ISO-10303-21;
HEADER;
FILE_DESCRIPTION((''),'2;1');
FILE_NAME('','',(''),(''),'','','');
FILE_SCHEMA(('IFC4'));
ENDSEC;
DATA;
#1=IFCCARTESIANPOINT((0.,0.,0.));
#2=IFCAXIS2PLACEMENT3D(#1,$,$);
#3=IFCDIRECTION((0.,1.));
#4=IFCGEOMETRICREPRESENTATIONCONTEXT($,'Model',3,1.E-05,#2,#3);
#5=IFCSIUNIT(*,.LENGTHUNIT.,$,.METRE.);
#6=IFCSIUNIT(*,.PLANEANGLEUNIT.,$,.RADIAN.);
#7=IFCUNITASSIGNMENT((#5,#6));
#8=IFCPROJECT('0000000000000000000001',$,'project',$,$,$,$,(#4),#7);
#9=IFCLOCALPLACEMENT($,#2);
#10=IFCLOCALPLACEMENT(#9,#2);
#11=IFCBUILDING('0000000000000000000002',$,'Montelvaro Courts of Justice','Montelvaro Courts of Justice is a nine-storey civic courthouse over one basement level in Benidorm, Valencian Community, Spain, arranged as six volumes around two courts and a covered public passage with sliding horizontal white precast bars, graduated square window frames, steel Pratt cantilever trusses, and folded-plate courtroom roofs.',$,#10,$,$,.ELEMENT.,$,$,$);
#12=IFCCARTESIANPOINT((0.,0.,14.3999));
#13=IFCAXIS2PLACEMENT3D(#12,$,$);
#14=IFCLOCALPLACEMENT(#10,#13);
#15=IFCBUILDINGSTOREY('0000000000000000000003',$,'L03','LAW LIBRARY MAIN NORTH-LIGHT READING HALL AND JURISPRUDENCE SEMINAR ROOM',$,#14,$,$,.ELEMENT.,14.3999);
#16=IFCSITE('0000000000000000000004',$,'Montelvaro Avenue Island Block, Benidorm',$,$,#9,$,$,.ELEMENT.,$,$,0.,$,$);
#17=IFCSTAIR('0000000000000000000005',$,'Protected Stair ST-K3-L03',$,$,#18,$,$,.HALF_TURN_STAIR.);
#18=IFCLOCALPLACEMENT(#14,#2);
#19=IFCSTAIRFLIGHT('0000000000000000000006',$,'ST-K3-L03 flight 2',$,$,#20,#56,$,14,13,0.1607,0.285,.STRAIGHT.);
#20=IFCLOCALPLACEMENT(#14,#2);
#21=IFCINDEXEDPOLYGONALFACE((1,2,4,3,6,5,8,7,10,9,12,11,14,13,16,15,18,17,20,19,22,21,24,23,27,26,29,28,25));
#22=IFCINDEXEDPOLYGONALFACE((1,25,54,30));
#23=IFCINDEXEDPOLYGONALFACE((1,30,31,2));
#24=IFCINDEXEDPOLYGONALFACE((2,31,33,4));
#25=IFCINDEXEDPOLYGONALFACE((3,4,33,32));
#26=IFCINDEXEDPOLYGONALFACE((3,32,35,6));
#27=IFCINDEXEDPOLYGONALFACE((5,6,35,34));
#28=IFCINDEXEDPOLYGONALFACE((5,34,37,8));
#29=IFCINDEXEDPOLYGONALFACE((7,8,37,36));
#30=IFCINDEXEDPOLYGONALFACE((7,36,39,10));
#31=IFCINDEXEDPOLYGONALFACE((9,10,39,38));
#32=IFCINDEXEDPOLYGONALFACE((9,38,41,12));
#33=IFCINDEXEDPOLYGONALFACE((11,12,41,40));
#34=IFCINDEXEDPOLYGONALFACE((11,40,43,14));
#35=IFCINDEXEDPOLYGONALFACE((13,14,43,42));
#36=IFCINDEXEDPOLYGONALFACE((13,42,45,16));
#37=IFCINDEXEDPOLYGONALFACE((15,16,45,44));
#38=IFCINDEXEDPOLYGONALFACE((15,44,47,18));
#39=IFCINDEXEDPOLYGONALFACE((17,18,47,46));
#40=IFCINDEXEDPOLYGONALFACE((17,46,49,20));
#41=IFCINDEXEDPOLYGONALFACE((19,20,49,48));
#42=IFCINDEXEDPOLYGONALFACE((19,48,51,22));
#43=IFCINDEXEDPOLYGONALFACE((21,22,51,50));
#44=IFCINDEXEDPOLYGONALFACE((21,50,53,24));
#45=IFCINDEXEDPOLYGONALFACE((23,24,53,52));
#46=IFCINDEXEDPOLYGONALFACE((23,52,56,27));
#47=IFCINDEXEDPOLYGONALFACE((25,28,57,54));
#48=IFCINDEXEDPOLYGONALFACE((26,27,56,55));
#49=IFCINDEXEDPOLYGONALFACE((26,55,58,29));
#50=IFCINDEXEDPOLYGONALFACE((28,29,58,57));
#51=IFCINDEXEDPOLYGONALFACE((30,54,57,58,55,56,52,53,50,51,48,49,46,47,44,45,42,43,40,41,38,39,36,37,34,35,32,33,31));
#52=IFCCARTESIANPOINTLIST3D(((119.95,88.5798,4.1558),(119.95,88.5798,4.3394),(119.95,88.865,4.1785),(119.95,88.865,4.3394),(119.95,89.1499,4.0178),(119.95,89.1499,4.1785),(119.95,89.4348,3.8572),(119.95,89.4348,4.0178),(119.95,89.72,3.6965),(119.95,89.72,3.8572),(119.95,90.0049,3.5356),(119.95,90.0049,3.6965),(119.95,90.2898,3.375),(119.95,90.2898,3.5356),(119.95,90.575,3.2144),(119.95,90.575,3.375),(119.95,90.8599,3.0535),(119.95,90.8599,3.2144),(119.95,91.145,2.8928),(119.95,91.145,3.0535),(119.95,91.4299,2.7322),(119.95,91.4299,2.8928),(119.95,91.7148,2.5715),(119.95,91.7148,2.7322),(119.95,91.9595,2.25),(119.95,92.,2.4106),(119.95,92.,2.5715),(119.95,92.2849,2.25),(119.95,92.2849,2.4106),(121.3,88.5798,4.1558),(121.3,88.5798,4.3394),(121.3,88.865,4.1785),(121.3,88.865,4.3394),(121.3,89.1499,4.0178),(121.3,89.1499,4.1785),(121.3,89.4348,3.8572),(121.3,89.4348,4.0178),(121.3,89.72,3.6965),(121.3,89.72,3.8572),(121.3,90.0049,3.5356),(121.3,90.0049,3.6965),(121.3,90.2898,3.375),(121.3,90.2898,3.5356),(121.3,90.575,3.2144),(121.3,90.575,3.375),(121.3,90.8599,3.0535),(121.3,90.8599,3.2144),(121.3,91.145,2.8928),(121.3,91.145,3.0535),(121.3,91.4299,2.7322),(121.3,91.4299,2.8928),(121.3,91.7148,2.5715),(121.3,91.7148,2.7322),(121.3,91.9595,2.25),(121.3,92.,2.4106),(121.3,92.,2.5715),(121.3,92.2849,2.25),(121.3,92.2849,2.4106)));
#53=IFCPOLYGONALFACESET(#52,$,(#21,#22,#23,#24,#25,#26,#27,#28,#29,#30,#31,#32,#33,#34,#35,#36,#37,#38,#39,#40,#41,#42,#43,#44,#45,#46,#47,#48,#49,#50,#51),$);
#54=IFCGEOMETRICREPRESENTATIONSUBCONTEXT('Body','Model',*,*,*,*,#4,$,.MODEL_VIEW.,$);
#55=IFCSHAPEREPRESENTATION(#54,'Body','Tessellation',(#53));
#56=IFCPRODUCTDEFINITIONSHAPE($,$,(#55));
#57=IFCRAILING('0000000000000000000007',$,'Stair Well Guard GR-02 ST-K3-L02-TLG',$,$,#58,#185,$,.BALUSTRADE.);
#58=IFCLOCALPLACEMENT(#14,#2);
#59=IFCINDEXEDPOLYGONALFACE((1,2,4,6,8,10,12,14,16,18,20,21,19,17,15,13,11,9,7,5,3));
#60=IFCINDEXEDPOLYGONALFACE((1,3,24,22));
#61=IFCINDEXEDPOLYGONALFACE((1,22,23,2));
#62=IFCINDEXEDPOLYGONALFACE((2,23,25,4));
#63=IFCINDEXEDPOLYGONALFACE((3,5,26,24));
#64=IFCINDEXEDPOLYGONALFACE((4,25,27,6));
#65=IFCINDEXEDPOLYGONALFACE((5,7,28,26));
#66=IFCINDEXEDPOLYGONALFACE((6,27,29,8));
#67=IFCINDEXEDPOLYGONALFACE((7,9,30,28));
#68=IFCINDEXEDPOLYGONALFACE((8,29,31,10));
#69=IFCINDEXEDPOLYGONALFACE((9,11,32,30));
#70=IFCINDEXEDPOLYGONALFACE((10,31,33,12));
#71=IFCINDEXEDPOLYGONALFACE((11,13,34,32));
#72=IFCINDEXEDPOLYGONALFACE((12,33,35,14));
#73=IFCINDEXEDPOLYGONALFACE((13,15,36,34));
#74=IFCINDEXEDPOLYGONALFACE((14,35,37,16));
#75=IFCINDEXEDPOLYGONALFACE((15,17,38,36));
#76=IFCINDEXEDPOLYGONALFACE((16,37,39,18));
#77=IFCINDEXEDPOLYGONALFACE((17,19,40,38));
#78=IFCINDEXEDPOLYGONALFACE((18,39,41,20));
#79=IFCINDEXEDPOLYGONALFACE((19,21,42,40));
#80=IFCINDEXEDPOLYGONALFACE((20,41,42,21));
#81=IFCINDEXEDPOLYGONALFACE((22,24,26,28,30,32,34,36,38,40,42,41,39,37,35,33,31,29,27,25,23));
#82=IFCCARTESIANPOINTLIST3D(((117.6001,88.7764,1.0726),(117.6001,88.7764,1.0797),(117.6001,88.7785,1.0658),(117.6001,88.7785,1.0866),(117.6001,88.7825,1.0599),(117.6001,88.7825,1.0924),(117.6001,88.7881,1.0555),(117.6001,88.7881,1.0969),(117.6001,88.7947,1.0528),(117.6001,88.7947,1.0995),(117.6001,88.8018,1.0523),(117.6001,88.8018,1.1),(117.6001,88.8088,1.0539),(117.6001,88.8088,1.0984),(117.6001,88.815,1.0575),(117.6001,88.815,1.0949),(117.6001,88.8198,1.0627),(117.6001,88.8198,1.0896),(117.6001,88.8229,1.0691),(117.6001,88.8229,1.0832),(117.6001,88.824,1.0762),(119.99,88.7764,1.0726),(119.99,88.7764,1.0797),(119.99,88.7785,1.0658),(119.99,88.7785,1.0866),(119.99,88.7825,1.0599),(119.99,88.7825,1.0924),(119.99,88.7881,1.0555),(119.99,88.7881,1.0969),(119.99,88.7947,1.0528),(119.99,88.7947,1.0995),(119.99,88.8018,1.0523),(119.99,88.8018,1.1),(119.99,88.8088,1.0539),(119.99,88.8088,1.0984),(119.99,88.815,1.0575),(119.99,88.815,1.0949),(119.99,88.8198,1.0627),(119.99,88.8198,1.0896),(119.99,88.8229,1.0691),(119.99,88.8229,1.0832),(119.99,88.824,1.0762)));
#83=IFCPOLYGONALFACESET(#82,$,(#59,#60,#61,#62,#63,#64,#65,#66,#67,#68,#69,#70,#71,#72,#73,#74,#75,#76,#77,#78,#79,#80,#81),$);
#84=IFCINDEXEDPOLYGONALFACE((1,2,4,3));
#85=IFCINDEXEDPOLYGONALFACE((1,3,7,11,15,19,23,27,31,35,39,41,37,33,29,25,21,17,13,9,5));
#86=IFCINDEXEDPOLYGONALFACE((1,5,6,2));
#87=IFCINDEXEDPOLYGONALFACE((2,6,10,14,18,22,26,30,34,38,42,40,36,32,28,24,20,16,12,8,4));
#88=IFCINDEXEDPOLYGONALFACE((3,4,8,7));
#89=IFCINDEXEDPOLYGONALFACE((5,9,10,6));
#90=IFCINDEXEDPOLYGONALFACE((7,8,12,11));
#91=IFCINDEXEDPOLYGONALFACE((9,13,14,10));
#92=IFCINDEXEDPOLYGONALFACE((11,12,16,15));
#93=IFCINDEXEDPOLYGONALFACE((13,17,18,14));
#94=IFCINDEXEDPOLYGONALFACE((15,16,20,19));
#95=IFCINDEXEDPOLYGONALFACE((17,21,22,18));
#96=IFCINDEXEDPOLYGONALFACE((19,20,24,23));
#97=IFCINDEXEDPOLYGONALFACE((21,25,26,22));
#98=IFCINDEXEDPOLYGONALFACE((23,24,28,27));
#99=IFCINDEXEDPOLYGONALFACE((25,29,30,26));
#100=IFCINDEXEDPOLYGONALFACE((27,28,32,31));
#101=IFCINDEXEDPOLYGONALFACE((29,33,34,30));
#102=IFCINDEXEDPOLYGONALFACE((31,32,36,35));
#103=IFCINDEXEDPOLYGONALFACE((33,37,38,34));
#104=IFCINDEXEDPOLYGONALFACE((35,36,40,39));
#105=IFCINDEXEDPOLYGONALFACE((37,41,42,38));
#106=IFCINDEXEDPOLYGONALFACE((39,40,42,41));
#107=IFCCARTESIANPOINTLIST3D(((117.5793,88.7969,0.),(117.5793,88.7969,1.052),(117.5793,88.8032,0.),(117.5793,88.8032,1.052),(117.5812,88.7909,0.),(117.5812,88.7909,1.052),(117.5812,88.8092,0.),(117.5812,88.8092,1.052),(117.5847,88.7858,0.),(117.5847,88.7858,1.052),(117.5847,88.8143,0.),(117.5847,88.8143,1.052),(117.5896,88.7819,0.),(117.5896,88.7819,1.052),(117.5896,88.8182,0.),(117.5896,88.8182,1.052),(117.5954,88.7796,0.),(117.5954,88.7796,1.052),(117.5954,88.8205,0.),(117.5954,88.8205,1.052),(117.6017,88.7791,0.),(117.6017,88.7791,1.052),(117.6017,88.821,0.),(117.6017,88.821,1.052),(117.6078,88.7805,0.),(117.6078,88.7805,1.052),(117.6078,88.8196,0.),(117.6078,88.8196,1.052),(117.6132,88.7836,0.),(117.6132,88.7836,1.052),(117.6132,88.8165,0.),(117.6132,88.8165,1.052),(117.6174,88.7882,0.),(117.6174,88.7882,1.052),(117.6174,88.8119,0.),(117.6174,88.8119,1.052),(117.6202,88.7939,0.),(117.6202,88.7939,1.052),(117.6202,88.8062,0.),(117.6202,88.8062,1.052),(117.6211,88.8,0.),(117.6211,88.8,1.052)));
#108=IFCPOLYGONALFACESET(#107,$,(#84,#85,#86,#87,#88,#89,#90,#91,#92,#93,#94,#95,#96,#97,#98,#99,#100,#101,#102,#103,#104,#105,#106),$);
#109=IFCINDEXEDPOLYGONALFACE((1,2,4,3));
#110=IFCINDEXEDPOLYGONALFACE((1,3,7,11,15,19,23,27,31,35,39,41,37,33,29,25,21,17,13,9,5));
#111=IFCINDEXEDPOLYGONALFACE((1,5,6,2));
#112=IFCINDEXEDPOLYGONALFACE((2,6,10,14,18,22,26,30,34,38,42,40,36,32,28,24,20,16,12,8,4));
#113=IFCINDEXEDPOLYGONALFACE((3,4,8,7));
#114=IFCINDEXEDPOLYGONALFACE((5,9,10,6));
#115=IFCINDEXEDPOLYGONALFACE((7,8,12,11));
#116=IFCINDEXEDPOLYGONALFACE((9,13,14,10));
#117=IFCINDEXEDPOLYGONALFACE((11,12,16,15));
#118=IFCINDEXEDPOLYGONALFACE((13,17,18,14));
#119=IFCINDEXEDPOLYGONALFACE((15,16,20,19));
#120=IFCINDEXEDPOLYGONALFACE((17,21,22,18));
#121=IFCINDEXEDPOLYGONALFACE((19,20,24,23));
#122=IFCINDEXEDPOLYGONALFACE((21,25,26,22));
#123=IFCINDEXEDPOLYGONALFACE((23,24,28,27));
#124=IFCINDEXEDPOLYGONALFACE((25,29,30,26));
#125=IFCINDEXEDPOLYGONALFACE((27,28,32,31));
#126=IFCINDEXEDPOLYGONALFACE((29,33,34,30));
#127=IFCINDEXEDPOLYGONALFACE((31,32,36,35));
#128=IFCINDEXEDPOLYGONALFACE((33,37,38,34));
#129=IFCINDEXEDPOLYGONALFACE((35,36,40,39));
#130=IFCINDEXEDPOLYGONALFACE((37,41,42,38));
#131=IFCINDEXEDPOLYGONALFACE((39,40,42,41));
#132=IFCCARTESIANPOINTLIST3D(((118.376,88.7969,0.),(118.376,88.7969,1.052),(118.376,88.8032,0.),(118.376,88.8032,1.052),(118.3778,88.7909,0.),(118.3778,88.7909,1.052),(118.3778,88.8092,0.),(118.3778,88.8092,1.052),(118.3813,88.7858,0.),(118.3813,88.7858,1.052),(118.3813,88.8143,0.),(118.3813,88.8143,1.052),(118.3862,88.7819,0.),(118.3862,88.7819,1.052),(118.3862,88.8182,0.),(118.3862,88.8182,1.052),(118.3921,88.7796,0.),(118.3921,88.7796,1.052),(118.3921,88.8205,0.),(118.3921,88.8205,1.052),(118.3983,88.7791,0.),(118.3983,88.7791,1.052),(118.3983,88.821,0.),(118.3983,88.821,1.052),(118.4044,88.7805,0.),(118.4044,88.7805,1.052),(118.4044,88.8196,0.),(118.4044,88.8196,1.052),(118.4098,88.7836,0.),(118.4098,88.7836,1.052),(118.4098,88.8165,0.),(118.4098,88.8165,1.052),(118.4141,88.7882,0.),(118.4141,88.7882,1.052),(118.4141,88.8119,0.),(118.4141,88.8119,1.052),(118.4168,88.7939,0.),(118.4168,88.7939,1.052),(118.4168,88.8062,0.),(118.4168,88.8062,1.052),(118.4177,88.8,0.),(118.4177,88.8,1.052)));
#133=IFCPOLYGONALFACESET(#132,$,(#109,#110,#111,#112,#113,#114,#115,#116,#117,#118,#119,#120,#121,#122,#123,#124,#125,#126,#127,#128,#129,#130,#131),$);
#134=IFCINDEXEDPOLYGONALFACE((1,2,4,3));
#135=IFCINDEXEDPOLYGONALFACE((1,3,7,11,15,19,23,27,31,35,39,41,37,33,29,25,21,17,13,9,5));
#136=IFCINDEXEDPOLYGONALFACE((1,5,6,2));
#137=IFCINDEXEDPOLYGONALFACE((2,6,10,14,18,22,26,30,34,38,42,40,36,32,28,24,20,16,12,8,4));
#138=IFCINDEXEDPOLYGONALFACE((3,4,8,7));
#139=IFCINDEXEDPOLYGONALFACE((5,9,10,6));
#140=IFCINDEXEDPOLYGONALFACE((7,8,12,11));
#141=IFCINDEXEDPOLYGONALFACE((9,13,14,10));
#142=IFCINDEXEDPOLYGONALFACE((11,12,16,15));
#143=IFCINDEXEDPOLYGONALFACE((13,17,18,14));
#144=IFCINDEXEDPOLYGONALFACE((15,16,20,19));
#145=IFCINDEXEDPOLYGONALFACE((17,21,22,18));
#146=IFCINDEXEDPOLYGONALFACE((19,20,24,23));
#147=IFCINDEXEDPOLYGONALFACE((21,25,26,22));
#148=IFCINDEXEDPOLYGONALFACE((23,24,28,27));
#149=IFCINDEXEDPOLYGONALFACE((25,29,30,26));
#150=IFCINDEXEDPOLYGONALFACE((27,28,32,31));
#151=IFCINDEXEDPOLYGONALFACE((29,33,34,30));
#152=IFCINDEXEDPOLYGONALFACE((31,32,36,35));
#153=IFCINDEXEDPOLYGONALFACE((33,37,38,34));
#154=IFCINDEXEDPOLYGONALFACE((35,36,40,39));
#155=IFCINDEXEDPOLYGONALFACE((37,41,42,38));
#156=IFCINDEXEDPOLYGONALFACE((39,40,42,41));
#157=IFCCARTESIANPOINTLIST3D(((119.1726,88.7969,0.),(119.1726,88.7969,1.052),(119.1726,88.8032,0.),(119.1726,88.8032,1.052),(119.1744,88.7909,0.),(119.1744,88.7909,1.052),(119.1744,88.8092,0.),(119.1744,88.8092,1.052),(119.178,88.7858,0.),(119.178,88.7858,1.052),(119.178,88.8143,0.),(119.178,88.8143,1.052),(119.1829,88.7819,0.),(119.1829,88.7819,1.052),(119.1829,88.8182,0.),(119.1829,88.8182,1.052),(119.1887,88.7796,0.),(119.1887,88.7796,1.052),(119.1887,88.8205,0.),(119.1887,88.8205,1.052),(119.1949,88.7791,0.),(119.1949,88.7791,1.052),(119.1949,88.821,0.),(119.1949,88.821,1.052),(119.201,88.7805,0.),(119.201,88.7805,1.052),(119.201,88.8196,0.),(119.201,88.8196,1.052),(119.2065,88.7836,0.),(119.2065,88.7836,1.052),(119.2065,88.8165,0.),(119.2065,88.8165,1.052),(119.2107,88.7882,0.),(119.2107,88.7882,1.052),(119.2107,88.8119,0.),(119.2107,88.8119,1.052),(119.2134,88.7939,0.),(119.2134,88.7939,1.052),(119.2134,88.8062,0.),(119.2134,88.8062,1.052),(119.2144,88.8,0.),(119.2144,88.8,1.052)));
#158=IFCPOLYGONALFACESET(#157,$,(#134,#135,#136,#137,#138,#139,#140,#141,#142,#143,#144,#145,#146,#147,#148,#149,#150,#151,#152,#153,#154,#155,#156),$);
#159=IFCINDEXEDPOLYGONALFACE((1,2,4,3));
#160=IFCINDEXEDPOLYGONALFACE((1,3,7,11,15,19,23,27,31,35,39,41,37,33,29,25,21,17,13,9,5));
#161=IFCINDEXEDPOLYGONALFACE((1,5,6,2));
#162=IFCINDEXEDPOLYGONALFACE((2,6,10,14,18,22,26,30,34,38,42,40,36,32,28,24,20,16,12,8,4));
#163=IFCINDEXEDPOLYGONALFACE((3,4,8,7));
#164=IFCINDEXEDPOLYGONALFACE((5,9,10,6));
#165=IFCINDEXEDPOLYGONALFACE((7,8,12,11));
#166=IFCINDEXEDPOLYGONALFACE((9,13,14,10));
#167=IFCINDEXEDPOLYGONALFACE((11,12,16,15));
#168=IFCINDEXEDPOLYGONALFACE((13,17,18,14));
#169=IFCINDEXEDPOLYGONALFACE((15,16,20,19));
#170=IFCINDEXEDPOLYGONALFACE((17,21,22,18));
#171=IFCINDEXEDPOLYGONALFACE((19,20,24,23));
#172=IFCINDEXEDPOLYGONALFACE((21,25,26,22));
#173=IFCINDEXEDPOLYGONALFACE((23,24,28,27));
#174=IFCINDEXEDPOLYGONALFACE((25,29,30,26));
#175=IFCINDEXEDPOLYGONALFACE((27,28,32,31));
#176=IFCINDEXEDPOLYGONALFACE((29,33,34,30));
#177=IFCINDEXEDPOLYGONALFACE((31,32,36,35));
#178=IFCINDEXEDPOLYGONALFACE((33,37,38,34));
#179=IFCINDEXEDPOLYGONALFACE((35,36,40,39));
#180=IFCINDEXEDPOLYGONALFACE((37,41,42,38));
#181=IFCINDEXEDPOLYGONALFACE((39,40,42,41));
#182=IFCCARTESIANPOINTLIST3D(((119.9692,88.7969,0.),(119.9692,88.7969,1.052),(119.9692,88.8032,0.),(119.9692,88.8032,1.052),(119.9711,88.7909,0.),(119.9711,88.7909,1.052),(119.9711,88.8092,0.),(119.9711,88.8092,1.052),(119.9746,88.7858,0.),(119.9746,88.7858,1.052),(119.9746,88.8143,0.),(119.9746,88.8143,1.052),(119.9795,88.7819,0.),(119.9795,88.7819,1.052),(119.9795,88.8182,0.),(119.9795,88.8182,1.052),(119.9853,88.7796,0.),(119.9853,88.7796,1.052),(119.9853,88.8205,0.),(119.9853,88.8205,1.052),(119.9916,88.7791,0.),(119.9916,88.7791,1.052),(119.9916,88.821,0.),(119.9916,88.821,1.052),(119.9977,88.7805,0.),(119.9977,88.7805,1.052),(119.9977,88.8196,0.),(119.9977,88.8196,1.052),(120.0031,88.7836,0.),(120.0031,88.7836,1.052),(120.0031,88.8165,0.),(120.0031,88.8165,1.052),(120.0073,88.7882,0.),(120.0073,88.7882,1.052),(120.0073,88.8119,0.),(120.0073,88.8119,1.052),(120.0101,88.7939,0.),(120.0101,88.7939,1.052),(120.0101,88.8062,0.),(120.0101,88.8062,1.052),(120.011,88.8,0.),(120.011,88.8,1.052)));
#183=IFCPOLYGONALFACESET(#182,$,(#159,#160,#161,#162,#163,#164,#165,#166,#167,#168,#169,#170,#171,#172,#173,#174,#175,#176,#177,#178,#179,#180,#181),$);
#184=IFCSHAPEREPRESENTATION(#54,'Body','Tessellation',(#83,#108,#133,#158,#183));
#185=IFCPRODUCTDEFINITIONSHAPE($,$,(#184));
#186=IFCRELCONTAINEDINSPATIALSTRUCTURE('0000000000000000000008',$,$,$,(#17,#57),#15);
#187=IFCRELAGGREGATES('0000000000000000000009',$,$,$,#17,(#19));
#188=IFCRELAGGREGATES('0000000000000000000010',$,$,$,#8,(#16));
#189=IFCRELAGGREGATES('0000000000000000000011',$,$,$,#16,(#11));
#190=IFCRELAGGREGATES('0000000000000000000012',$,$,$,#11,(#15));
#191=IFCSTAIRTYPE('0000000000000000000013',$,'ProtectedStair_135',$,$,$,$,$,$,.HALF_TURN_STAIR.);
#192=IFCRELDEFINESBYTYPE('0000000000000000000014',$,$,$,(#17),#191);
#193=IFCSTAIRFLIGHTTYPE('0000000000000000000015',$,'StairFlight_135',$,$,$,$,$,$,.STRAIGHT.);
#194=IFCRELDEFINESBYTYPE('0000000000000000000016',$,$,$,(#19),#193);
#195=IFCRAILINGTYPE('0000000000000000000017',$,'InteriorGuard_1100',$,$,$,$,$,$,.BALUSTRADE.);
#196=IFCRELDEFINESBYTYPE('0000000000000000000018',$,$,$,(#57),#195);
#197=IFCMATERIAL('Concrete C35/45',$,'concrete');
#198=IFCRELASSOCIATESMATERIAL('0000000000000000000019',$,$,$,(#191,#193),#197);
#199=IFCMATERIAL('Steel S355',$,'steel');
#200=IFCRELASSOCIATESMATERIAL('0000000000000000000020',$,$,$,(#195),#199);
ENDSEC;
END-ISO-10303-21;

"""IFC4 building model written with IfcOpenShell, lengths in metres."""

from ifc_helpers import new_model, si_unit, direction, frame, origin, origin_2d, place, context, subcontext, project, spatial, polyline, circle, outline, extrude, material, type_object, element, aggregate, save


model = new_model("IFC4")

# Units and contexts
model_context = context("Model", 3, precision=1e-05, world=origin(), true_north=direction((0.0, 1.0)))
body_context = subcontext(model_context, "Body", "Model", "MODEL_VIEW")
ifc_project = project(units=[si_unit("LENGTHUNIT", "METRE"), si_unit("PLANEANGLEUNIT", "RADIAN")], contexts=[model_context])

# Site, building, storey
site_placement = place(None, origin())
site = spatial("IfcSite", under=ifc_project, at=site_placement, Name="Montelvaro Avenue Island Block, Benidorm", CompositionType="ELEMENT", RefElevation=0.0)
building_placement = place(site_placement, origin())
building = spatial("IfcBuilding", under=site, at=building_placement, Name="Montelvaro Courts of Justice", Description="Montelvaro Courts of Justice is a nine-storey civic courthouse over one basement level in Benidorm, Valencian Community, Spain, arranged as six volumes around two courts and a covered public passage with sliding horizontal white precast bars, graduated square window frames, steel Pratt cantilever trusses, and folded-plate courtroom roofs.", CompositionType="ELEMENT")
storey_placement = place(building_placement, frame((0.0, 0.0, 14.3999)))
storey = spatial("IfcBuildingStorey", under=building, at=storey_placement, Name="L03", Description="LAW LIBRARY MAIN NORTH-LIGHT READING HALL AND JURISPRUDENCE SEMINAR ROOM", CompositionType="ELEMENT", Elevation=14.3999)

# Shared definitions
ifc_material_1 = material(Name="Steel S355", Category="steel")

# Shared definitions
ifc_material_2 = material(Name="Concrete C35/45", Category="concrete")

# Stair, stair flight
stair_type = type_object("IfcStairType", Name="ProtectedStair_135", PredefinedType="HALF_TURN_STAIR", material=ifc_material_2)
stair_placement = place(storey_placement, origin())
stair = element("IfcStair", 1, at=stair_placement, inside=storey, type_object=stair_type, Name="Protected Stair ST-K3-L03", PredefinedType="HALF_TURN_STAIR")
stair_flight_type = type_object("IfcStairFlightType", Name="StairFlight_135", PredefinedType="STRAIGHT", material=ifc_material_2)
stair_flight_1_placement = place(storey_placement, frame((120.625, 92.2849, 2.25), z_axis=(0.0, 0.0, 1.0), x_axis=(0.0, -1.0, 0.0)))
stair_flight_1 = element("IfcStairFlight", 2, at=stair_flight_1_placement, type_object=stair_flight_type, Name="ST-K3-L03 flight 2", NumberOfRisers=14, NumberOfTreads=13, PredefinedType="STRAIGHT", RiserHeight=0.1607, TreadLength=0.285, context=body_context, shape_type="SweptSolid", body=[
    extrude(outline(polyline([(0.0, 0.0), (0.0, 0.1606), (0.2849, 0.1606), (0.2849, 0.3215), (0.5701, 0.3215), (0.5701, 0.4822), (0.855, 0.4822), (0.855, 0.6428), (1.1399, 0.6428), (1.1399, 0.8035), (1.425, 0.8035), (1.425, 0.9644), (1.71, 0.9644), (1.71, 1.125), (1.9951, 1.125), (1.9951, 1.2856), (2.28, 1.2856), (2.28, 1.4465), (2.5649, 1.4465), (2.5649, 1.6072), (2.8501, 1.6072), (2.8501, 1.7678), (3.135, 1.7678), (3.135, 1.9285), (3.4199, 1.9285), (3.4199, 2.0894), (3.7051, 2.0894), (3.7051, 2.25), (3.7051, 1.9058), (0.3254, 0.0), (0.0, 0.0)])), frame((0.0, 0.675, 0.0), z_axis=(0.0, -1.0, 0.0), x_axis=(1.0, 0.0, 0.0)), (0.0, 0.0, 1.0), 1.3501),
])
aggregate(stair, [stair_flight_1])

# Railing
railing_type_1 = type_object("IfcRailingType", Name="InteriorGuard_1100", PredefinedType="BALUSTRADE", material=ifc_material_1)
railing_1_placement = place(storey_placement, frame((117.6001, 88.8, 0.0)))
element("IfcRailing", 3, at=railing_1_placement, inside=storey, type_object=railing_type_1, Name="Stair Well Guard GR-02 ST-K3-L02-TLG", PredefinedType="BALUSTRADE", context=body_context, shape_type="SweptSolid", body=[
    extrude(circle(Radius=0.0239, at=origin_2d()), frame((0.0, 0.0, 1.0762), z_axis=(1.0, 0.0, 0.0), x_axis=(0.0, 1.0, 0.0)), (0.0, 0.0, 1.0), 2.3899),
    extrude(circle(Radius=0.021, at=origin_2d()), origin(), (0.0, 0.0, 1.0), 1.052),
    extrude(circle(Radius=0.021, at=origin_2d()), frame((0.7966, 0.0, 0.0)), (0.0, 0.0, 1.0), 1.052),
    extrude(circle(Radius=0.021, at=origin_2d()), frame((1.5933, 0.0, 0.0)), (0.0, 0.0, 1.0), 1.052),
    extrude(circle(Radius=0.021, at=origin_2d()), frame((2.3899, 0.0, 0.0)), (0.0, 0.0, 1.0), 1.052),
])

save(model, "model.ifc")
